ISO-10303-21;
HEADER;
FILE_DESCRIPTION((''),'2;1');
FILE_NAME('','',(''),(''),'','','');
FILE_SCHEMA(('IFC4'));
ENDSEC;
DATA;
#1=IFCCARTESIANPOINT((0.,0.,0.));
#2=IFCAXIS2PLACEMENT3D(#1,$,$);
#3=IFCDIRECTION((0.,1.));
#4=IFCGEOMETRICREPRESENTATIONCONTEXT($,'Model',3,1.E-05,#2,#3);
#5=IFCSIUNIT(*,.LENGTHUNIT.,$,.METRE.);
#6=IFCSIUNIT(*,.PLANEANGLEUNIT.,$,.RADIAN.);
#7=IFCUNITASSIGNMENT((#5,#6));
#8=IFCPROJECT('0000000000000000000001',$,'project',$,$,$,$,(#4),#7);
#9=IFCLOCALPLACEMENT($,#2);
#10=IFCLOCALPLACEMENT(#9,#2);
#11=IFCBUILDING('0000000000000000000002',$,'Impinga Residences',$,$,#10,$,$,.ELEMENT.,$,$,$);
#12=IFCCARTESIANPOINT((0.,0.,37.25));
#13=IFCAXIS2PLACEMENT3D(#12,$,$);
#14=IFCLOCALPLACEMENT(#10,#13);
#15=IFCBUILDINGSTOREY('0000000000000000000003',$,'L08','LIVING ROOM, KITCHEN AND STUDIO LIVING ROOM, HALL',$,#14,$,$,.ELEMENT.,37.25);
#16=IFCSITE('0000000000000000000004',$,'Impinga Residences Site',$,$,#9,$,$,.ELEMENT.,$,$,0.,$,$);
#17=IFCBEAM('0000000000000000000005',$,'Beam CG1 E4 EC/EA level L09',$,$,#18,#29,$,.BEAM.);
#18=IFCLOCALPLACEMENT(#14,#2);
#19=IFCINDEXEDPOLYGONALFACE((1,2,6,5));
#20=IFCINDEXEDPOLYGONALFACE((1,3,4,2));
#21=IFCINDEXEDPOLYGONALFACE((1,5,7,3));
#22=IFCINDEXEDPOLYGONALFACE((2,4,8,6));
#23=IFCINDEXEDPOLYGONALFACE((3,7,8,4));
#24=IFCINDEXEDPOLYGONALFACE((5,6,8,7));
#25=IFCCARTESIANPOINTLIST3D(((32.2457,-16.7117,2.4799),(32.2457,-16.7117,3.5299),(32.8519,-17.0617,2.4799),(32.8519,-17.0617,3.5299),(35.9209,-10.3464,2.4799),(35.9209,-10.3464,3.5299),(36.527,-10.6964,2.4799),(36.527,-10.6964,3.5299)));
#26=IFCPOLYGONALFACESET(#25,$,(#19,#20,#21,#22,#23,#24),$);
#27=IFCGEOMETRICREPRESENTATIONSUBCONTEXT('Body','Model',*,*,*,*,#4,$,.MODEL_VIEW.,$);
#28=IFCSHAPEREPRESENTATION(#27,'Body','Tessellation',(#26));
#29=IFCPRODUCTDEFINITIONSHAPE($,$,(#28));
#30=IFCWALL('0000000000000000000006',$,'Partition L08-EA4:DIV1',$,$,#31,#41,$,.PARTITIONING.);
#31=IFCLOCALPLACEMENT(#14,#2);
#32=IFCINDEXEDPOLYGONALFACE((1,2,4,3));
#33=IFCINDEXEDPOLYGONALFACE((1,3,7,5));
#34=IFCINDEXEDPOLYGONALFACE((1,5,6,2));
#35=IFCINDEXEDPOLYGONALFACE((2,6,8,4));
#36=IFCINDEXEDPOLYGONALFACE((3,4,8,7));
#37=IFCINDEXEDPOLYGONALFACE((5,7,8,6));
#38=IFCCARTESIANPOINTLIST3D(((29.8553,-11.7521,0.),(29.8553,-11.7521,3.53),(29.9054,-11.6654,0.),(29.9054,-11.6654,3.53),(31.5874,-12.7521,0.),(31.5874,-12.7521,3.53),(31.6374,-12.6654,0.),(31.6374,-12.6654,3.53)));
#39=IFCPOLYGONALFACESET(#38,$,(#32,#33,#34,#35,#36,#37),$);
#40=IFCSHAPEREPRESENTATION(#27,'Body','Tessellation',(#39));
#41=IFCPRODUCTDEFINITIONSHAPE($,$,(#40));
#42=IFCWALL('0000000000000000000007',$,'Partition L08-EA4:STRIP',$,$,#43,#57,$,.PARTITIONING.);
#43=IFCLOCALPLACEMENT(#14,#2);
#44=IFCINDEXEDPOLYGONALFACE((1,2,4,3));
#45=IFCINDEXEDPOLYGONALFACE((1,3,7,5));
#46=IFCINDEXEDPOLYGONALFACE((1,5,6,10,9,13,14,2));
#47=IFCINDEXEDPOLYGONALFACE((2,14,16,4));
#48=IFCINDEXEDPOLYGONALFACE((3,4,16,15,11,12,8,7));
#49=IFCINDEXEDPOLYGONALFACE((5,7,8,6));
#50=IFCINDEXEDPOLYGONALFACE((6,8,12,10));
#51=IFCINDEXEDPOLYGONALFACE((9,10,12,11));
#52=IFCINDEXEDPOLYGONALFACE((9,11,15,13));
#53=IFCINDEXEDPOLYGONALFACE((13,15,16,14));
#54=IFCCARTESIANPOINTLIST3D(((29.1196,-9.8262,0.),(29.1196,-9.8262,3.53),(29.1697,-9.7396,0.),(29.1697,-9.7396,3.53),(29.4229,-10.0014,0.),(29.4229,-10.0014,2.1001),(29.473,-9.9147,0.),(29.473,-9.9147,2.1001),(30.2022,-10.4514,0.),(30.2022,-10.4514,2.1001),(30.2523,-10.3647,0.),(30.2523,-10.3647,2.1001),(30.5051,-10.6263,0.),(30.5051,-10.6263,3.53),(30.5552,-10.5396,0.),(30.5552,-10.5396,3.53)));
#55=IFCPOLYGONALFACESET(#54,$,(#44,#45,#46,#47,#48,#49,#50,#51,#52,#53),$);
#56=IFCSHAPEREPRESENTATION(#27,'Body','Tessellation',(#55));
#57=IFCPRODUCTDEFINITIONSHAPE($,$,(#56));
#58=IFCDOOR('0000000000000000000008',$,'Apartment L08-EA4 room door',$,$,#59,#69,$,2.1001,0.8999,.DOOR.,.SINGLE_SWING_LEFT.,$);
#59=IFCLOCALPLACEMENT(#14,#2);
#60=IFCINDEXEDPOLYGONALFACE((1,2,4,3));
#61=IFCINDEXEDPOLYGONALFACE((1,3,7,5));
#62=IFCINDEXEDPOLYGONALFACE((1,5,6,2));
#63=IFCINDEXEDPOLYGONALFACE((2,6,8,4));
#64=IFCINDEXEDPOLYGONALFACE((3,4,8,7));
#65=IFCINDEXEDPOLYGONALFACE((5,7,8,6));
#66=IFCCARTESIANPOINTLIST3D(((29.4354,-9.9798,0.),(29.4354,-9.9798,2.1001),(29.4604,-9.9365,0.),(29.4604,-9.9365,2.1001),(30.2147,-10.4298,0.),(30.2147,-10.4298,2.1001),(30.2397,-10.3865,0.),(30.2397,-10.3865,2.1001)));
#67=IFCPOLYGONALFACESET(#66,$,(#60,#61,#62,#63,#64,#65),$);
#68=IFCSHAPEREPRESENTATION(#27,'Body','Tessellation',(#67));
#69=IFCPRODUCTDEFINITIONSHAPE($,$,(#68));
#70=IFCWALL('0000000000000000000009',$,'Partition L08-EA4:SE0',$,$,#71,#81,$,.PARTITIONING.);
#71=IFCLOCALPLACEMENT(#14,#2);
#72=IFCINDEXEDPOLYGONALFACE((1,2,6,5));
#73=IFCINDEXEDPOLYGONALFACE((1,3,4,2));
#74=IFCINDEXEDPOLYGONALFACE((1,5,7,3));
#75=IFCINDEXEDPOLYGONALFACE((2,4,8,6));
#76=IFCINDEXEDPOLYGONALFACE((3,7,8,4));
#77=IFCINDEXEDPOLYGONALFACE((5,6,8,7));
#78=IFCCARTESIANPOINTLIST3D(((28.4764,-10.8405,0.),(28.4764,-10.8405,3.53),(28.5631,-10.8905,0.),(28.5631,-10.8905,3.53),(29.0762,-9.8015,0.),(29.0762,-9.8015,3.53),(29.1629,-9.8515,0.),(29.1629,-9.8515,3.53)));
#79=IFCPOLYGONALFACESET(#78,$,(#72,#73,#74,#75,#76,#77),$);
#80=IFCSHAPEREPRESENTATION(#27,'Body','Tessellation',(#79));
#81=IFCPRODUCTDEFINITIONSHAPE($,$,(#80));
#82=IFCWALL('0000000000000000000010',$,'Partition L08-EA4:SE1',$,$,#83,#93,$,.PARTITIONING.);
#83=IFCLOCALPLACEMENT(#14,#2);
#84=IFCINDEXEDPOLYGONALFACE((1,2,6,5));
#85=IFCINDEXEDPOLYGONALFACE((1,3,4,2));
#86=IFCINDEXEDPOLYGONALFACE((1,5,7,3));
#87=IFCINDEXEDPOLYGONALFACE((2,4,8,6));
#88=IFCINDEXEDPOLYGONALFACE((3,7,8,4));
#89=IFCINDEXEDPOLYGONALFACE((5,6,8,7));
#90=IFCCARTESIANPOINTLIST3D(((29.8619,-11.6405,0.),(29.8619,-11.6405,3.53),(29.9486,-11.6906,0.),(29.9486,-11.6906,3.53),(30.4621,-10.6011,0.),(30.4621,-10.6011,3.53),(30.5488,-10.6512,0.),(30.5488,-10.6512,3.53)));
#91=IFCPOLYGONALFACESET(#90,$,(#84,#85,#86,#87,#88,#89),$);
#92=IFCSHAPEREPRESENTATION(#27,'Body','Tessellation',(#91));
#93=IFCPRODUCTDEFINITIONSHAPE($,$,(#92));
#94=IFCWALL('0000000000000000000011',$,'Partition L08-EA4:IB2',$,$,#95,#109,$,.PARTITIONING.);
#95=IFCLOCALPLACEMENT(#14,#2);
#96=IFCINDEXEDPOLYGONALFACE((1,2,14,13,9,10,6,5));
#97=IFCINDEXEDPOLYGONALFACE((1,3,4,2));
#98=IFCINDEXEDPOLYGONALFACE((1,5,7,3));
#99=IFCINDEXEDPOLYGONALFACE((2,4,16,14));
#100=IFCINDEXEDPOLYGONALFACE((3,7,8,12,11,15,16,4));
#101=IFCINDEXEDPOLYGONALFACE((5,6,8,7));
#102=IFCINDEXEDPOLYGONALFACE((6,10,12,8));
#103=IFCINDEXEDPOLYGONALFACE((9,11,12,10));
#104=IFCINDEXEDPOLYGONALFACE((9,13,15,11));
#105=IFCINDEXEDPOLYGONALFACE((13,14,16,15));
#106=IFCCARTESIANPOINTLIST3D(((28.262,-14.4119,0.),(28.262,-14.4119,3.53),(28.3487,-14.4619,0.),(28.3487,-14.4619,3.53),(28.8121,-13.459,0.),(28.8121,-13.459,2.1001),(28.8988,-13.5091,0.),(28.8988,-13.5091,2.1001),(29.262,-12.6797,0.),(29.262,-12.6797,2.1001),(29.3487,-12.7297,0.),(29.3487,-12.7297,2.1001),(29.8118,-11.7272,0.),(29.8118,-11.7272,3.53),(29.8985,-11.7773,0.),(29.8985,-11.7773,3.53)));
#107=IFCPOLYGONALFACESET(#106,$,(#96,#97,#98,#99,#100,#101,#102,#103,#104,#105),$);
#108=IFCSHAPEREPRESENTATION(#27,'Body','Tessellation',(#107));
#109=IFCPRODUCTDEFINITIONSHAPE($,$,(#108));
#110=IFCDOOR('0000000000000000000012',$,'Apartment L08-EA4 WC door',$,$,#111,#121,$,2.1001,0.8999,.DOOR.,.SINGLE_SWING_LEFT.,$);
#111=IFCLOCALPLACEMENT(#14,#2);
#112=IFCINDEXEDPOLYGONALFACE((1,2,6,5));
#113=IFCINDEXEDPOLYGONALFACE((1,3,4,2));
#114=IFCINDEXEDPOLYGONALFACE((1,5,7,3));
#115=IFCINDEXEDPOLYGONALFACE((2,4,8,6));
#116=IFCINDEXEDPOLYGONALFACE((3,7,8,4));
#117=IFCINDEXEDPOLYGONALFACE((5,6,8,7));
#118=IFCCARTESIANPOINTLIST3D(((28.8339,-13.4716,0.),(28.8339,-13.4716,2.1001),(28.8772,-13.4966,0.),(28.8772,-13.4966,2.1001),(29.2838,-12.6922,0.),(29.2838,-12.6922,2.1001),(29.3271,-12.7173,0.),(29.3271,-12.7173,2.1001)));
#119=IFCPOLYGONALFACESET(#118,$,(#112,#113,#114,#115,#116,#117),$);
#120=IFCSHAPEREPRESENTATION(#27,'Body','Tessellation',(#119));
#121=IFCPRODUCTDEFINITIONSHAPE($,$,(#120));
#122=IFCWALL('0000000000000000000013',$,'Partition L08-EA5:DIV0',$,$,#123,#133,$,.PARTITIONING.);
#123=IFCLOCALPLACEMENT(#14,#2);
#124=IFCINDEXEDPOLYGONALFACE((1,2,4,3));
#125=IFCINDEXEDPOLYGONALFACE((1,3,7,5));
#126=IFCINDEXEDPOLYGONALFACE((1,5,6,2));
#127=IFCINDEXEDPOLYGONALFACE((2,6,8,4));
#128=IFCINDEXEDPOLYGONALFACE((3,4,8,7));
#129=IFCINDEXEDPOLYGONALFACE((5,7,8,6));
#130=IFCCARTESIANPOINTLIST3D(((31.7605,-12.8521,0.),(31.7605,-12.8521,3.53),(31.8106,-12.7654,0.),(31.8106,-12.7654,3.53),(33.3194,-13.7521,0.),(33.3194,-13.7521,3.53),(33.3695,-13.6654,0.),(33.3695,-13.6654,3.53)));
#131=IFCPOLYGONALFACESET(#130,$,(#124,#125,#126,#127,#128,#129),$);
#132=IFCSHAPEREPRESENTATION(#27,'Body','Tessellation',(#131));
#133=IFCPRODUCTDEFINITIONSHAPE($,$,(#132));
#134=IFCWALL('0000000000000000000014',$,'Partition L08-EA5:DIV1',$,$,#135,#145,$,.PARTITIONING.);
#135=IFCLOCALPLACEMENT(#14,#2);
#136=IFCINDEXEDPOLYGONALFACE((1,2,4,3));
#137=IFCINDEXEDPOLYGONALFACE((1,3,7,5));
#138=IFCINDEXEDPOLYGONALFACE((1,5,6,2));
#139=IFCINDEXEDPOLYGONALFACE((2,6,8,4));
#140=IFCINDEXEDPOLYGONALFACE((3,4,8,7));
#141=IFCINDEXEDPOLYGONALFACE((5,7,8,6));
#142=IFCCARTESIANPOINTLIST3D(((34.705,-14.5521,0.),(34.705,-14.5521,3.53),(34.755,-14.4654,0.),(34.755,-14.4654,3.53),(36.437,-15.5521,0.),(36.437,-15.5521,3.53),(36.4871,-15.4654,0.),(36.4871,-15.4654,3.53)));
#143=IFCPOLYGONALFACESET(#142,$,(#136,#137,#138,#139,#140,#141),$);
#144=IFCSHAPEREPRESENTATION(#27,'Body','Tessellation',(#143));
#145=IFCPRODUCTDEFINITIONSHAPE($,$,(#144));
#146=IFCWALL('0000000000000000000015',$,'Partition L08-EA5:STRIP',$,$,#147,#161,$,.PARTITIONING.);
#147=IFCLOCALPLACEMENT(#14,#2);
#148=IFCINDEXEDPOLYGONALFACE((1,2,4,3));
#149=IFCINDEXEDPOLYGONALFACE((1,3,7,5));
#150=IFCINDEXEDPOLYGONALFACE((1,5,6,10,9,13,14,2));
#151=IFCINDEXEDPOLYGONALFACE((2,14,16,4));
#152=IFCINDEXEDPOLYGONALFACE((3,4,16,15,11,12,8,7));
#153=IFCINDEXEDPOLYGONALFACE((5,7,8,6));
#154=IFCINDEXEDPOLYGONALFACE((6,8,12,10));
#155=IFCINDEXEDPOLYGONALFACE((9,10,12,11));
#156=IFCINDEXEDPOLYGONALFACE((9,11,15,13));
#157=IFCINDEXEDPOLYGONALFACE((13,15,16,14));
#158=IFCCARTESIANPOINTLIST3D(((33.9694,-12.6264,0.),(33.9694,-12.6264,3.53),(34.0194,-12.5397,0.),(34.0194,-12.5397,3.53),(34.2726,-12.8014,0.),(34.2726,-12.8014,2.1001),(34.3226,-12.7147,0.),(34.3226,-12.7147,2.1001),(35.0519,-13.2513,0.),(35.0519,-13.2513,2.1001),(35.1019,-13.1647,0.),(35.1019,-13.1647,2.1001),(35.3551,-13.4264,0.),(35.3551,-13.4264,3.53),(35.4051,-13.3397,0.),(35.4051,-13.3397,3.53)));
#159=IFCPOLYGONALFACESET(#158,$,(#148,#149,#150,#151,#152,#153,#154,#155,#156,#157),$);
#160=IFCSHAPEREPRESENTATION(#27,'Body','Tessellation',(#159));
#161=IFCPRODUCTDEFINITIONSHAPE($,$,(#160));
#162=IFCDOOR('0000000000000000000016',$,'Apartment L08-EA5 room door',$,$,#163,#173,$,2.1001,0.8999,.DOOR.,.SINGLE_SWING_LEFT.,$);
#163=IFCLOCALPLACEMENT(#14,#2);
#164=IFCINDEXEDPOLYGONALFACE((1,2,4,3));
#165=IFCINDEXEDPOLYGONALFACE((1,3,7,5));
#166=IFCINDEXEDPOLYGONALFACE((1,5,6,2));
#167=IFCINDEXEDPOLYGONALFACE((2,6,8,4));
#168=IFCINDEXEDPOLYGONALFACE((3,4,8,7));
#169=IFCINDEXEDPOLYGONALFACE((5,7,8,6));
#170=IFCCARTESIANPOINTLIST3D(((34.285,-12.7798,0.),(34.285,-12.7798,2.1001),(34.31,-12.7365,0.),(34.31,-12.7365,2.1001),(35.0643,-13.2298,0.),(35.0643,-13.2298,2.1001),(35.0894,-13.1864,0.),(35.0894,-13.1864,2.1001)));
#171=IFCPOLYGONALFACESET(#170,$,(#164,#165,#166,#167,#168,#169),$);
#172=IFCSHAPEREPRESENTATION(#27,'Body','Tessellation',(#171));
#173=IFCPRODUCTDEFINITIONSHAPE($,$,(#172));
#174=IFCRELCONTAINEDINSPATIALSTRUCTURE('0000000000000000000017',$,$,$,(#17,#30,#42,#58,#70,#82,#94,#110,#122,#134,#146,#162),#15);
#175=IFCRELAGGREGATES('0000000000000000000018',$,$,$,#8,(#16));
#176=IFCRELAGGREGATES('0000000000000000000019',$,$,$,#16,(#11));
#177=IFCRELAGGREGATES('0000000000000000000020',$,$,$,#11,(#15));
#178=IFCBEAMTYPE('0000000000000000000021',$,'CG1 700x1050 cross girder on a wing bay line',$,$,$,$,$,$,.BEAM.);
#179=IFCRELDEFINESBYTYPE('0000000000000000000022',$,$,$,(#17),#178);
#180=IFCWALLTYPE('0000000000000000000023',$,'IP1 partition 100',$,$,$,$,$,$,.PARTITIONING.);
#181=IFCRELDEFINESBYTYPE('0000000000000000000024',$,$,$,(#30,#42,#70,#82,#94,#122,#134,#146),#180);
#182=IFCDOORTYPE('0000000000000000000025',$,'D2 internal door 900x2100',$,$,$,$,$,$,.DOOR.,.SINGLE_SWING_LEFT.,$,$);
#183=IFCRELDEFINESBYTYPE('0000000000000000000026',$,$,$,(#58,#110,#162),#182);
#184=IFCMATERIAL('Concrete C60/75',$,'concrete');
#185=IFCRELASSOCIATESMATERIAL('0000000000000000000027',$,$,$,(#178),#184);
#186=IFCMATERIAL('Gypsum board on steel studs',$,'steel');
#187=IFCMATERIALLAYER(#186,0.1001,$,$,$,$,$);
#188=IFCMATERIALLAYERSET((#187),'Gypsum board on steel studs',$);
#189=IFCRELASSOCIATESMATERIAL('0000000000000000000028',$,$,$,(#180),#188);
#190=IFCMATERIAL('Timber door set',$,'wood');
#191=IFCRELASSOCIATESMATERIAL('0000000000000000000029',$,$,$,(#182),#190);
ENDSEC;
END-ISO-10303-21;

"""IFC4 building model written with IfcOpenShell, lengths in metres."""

from ifc_helpers import new_model, si_unit, direction, frame, frame_2d, origin, origin_2d, place, context, subcontext, project, spatial, rectangle, extrude, material, layer, layer_set, material_profile, profile_set, type_object, element, fill, save


model = new_model("IFC4")

# Units and contexts
model_context = context("Model", 3, precision=1e-05, world=origin(), true_north=direction((0.0, 1.0)))
body_context = subcontext(model_context, "Body", "Model", "MODEL_VIEW")
ifc_project = project(units=[si_unit("LENGTHUNIT", "METRE"), si_unit("PLANEANGLEUNIT", "RADIAN")], contexts=[model_context])

# Site, building, storey
site_placement = place(None, origin())
site = spatial("IfcSite", under=ifc_project, at=site_placement, Name="Impinga Residences Site", CompositionType="ELEMENT", RefElevation=0.0)
building_placement = place(site_placement, origin())
building = spatial("IfcBuilding", under=site, at=building_placement, Name="Impinga Residences", CompositionType="ELEMENT")
storey_placement = place(building_placement, frame((0.0, 0.0, 37.25)))
storey = spatial("IfcBuildingStorey", under=building, at=storey_placement, Name="L08", Description="LIVING ROOM, KITCHEN AND STUDIO LIVING ROOM, HALL", CompositionType="ELEMENT", Elevation=37.25)

# Beam
ifc_material_1 = material(Name="Concrete C60/75", Category="concrete")
ifc_material_profile = material_profile(ifc_material_1, rectangle(XDim=0.7, YDim=1.05, at=origin_2d()), Name="RC 700x1050")
ifc_profile_set = profile_set([ifc_material_profile], Name="Concrete C60/75")
beam_type = type_object("IfcBeamType", Name="CG1 700x1050 cross girder on a wing bay line", PredefinedType="BEAM", material=ifc_profile_set)
beam_placement = place(storey_placement, frame((32.5488, -16.8867, 3.0049), z_axis=(0.500008, 0.866021, 0.0), x_axis=(-0.866021, 0.500008, 0.0)))
element("IfcBeam", 1, at=beam_placement, inside=storey, type_object=beam_type, Name="Beam CG1 E4 EC/EA level L09", PredefinedType="BEAM", context=body_context, shape_type="SweptSolid", body=[
    extrude(rectangle(XDim=0.7, YDim=1.05, at=origin_2d()), origin(), (0.0, 0.0, 1.0), 7.3501),
])

# Wall
ifc_material_2 = material(Name="Gypsum board on steel studs", Category="steel")
ifc_layer_1 = layer(ifc_material_2, 0.1001)
ifc_layer_set_1 = layer_set([ifc_layer_1], Name="Gypsum board on steel studs")
wall_type_1 = type_object("IfcWallType", Name="IP1 partition 100", PredefinedType="PARTITIONING", material=ifc_layer_set_1)
wall_1_placement = place(storey_placement, frame((29.8804, -11.7087, 0.0), z_axis=(0.0, 0.0, 1.0), x_axis=(0.866011, -0.500025, 0.0)))
element("IfcWall", 2, at=wall_1_placement, inside=storey, type_object=wall_type_1, Name="Partition L08-EA4:DIV1", PredefinedType="PARTITIONING", context=body_context, shape_type="SweptSolid", body=[
    extrude(rectangle(XDim=2.0, YDim=0.1001, at=frame_2d((1.0, 0.0))), origin(), (0.0, 0.0, 1.0), 3.53),
])

# Wall, opening, door
wall_2_placement = place(storey_placement, frame((29.1448, -9.783, 0.0), z_axis=(0.0, 0.0, 1.0), x_axis=(0.86599, -0.500061, 0.0)))
wall_2 = element("IfcWall", 3, at=wall_2_placement, inside=storey, type_object=wall_type_1, Name="Partition L08-EA4:STRIP", PredefinedType="PARTITIONING", context=body_context, shape_type="SweptSolid", body=[
    extrude(rectangle(XDim=1.5999, YDim=0.1001, at=frame_2d((0.7998, 0.0))), origin(), (0.0, 0.0, 1.0), 3.53),
])
opening_1_placement = place(wall_2_placement, frame((0.3501, 0.0, 0.0)))
opening_1 = element("IfcOpeningElement", 4, at=opening_1_placement, cuts=wall_2, PredefinedType="OPENING", context=body_context, shape_type="SweptSolid", body=[
    extrude(rectangle(XDim=0.8999, YDim=2.1001, at=frame_2d((0.45, 1.05))), frame((0.0, 0.0601, 0.0), z_axis=(0.0, -1.0, 0.0), x_axis=(1.0, 0.0, 0.0)), (0.0, 0.0, 1.0), 0.1201),
])
ifc_material_3 = material(Name="Timber door set", Category="wood")
door_type = type_object("IfcDoorType", Name="D2 internal door 900x2100", OperationType="SINGLE_SWING_LEFT", PredefinedType="DOOR", material=ifc_material_3)
door_1_placement = place(opening_1_placement, origin())
door_1 = element("IfcDoor", 5, at=door_1_placement, inside=storey, type_object=door_type, Name="Apartment L08-EA4 room door", OperationType="SINGLE_SWING_LEFT", OverallHeight=2.1001, OverallWidth=0.8999, PredefinedType="DOOR", context=body_context, shape_type="SweptSolid", body=[
    extrude(rectangle(XDim=0.8999, YDim=2.1001, at=frame_2d((0.45, 1.05))), frame((0.0, 0.0249, 0.0), z_axis=(0.0, -1.0, 0.0), x_axis=(1.0, 0.0, 0.0)), (0.0, 0.0, 1.0), 0.05),
])
fill(opening_1, door_1)

# Walls
wall_3_placement = place(storey_placement, frame((28.5198, -10.8655, 0.0), z_axis=(0.0, 0.0, 1.0), x_axis=(0.499969, 0.866043, 0.0)))
element("IfcWall", 6, at=wall_3_placement, inside=storey, type_object=wall_type_1, Name="Partition L08-EA4:SE0", PredefinedType="PARTITIONING", context=body_context, shape_type="SweptSolid", body=[
    extrude(rectangle(XDim=1.1997, YDim=0.1001, at=frame_2d((0.5999, 0.0))), origin(), (0.0, 0.0, 1.0), 3.53),
])
wall_4_placement = place(storey_placement, frame((29.9053, -11.6655, 0.0), z_axis=(0.0, 0.0, 1.0), x_axis=(0.500034, 0.866006, 0.0)))
element("IfcWall", 7, at=wall_4_placement, inside=storey, type_object=wall_type_1, Name="Partition L08-EA4:SE1", PredefinedType="PARTITIONING", context=body_context, shape_type="SweptSolid", body=[
    extrude(rectangle(XDim=1.2002, YDim=0.1001, at=frame_2d((0.6001, 0.0))), origin(), (0.0, 0.0, 1.0), 3.53),
])

# Wall, opening, door
wall_5_placement = place(storey_placement, frame((28.3054, -14.4368, 0.0), z_axis=(0.0, 0.0, 1.0), x_axis=(0.499968, 0.866044, 0.0)))
wall_5 = element("IfcWall", 8, at=wall_5_placement, inside=storey, type_object=wall_type_1, Name="Partition L08-EA4:IB2", PredefinedType="PARTITIONING", context=body_context, shape_type="SweptSolid", body=[
    extrude(rectangle(XDim=3.0999, YDim=0.1001, at=frame_2d((1.5498, 0.0))), origin(), (0.0, 0.0, 1.0), 3.53),
])
opening_2_placement = place(wall_5_placement, frame((1.1001, 0.0, 0.0)))
opening_2 = element("IfcOpeningElement", 9, at=opening_2_placement, cuts=wall_5, PredefinedType="OPENING", context=body_context, shape_type="SweptSolid", body=[
    extrude(rectangle(XDim=0.8999, YDim=2.1001, at=frame_2d((0.45, 1.05))), frame((0.0, 0.0601, 0.0), z_axis=(0.0, -1.0, 0.0), x_axis=(1.0, 0.0, 0.0)), (0.0, 0.0, 1.0), 0.1201),
])
door_2_placement = place(opening_2_placement, origin())
door_2 = element("IfcDoor", 10, at=door_2_placement, inside=storey, type_object=door_type, Name="Apartment L08-EA4 WC door", OperationType="SINGLE_SWING_LEFT", OverallHeight=2.1001, OverallWidth=0.8999, PredefinedType="DOOR", context=body_context, shape_type="SweptSolid", body=[
    extrude(rectangle(XDim=0.8999, YDim=2.1001, at=frame_2d((0.45, 1.05))), frame((0.0, 0.0249, 0.0), z_axis=(0.0, -1.0, 0.0), x_axis=(1.0, 0.0, 0.0)), (0.0, 0.0, 1.0), 0.05),
])
fill(opening_2, door_2)

# Walls
wall_6_placement = place(storey_placement, frame((31.7856, -12.8088, 0.0), z_axis=(0.0, 0.0, 1.0), x_axis=(0.866048, -0.499961, 0.0)))
element("IfcWall", 11, at=wall_6_placement, inside=storey, type_object=wall_type_1, Name="Partition L08-EA5:DIV0", PredefinedType="PARTITIONING", context=body_context, shape_type="SweptSolid", body=[
    extrude(rectangle(XDim=1.8, YDim=0.1001, at=frame_2d((0.8999, 0.0))), origin(), (0.0, 0.0, 1.0), 3.53),
])
wall_7_placement = place(storey_placement, frame((34.73, -14.5088, 0.0), z_axis=(0.0, 0.0, 1.0), x_axis=(0.866041, -0.499973, 0.0)))
element("IfcWall", 12, at=wall_7_placement, inside=storey, type_object=wall_type_1, Name="Partition L08-EA5:DIV1", PredefinedType="PARTITIONING", context=body_context, shape_type="SweptSolid", body=[
    extrude(rectangle(XDim=2.0, YDim=0.1001, at=frame_2d((1.0, 0.0))), origin(), (0.0, 0.0, 1.0), 3.53),
])

# Wall, opening, door
wall_8_placement = place(storey_placement, frame((33.9944, -12.583, 0.0), z_axis=(0.0, 0.0, 1.0), x_axis=(0.866028, -0.499995, 0.0)))
wall_8 = element("IfcWall", 13, at=wall_8_placement, inside=storey, type_object=wall_type_1, Name="Partition L08-EA5:STRIP", PredefinedType="PARTITIONING", context=body_context, shape_type="SweptSolid", body=[
    extrude(rectangle(XDim=1.6001, YDim=0.1001, at=frame_2d((0.8, 0.0))), origin(), (0.0, 0.0, 1.0), 3.53),
])
opening_3_placement = place(wall_8_placement, frame((0.3501, 0.0, 0.0)))
opening_3 = element("IfcOpeningElement", 14, at=opening_3_placement, cuts=wall_8, PredefinedType="OPENING", context=body_context, shape_type="SweptSolid", body=[
    extrude(rectangle(XDim=0.8999, YDim=2.1001, at=frame_2d((0.45, 1.05))), frame((0.0, 0.0601, 0.0), z_axis=(0.0, -1.0, 0.0), x_axis=(1.0, 0.0, 0.0)), (0.0, 0.0, 1.0), 0.1201),
])
door_3_placement = place(opening_3_placement, origin())
door_3 = element("IfcDoor", 15, at=door_3_placement, inside=storey, type_object=door_type, Name="Apartment L08-EA5 room door", OperationType="SINGLE_SWING_LEFT", OverallHeight=2.1001, OverallWidth=0.8999, PredefinedType="DOOR", context=body_context, shape_type="SweptSolid", body=[
    extrude(rectangle(XDim=0.8999, YDim=2.1001, at=frame_2d((0.45, 1.05))), frame((0.0, 0.0249, 0.0), z_axis=(0.0, -1.0, 0.0), x_axis=(1.0, 0.0, 0.0)), (0.0, 0.0, 1.0), 0.05),
])
fill(opening_3, door_3)

save(model, "model.ifc")
